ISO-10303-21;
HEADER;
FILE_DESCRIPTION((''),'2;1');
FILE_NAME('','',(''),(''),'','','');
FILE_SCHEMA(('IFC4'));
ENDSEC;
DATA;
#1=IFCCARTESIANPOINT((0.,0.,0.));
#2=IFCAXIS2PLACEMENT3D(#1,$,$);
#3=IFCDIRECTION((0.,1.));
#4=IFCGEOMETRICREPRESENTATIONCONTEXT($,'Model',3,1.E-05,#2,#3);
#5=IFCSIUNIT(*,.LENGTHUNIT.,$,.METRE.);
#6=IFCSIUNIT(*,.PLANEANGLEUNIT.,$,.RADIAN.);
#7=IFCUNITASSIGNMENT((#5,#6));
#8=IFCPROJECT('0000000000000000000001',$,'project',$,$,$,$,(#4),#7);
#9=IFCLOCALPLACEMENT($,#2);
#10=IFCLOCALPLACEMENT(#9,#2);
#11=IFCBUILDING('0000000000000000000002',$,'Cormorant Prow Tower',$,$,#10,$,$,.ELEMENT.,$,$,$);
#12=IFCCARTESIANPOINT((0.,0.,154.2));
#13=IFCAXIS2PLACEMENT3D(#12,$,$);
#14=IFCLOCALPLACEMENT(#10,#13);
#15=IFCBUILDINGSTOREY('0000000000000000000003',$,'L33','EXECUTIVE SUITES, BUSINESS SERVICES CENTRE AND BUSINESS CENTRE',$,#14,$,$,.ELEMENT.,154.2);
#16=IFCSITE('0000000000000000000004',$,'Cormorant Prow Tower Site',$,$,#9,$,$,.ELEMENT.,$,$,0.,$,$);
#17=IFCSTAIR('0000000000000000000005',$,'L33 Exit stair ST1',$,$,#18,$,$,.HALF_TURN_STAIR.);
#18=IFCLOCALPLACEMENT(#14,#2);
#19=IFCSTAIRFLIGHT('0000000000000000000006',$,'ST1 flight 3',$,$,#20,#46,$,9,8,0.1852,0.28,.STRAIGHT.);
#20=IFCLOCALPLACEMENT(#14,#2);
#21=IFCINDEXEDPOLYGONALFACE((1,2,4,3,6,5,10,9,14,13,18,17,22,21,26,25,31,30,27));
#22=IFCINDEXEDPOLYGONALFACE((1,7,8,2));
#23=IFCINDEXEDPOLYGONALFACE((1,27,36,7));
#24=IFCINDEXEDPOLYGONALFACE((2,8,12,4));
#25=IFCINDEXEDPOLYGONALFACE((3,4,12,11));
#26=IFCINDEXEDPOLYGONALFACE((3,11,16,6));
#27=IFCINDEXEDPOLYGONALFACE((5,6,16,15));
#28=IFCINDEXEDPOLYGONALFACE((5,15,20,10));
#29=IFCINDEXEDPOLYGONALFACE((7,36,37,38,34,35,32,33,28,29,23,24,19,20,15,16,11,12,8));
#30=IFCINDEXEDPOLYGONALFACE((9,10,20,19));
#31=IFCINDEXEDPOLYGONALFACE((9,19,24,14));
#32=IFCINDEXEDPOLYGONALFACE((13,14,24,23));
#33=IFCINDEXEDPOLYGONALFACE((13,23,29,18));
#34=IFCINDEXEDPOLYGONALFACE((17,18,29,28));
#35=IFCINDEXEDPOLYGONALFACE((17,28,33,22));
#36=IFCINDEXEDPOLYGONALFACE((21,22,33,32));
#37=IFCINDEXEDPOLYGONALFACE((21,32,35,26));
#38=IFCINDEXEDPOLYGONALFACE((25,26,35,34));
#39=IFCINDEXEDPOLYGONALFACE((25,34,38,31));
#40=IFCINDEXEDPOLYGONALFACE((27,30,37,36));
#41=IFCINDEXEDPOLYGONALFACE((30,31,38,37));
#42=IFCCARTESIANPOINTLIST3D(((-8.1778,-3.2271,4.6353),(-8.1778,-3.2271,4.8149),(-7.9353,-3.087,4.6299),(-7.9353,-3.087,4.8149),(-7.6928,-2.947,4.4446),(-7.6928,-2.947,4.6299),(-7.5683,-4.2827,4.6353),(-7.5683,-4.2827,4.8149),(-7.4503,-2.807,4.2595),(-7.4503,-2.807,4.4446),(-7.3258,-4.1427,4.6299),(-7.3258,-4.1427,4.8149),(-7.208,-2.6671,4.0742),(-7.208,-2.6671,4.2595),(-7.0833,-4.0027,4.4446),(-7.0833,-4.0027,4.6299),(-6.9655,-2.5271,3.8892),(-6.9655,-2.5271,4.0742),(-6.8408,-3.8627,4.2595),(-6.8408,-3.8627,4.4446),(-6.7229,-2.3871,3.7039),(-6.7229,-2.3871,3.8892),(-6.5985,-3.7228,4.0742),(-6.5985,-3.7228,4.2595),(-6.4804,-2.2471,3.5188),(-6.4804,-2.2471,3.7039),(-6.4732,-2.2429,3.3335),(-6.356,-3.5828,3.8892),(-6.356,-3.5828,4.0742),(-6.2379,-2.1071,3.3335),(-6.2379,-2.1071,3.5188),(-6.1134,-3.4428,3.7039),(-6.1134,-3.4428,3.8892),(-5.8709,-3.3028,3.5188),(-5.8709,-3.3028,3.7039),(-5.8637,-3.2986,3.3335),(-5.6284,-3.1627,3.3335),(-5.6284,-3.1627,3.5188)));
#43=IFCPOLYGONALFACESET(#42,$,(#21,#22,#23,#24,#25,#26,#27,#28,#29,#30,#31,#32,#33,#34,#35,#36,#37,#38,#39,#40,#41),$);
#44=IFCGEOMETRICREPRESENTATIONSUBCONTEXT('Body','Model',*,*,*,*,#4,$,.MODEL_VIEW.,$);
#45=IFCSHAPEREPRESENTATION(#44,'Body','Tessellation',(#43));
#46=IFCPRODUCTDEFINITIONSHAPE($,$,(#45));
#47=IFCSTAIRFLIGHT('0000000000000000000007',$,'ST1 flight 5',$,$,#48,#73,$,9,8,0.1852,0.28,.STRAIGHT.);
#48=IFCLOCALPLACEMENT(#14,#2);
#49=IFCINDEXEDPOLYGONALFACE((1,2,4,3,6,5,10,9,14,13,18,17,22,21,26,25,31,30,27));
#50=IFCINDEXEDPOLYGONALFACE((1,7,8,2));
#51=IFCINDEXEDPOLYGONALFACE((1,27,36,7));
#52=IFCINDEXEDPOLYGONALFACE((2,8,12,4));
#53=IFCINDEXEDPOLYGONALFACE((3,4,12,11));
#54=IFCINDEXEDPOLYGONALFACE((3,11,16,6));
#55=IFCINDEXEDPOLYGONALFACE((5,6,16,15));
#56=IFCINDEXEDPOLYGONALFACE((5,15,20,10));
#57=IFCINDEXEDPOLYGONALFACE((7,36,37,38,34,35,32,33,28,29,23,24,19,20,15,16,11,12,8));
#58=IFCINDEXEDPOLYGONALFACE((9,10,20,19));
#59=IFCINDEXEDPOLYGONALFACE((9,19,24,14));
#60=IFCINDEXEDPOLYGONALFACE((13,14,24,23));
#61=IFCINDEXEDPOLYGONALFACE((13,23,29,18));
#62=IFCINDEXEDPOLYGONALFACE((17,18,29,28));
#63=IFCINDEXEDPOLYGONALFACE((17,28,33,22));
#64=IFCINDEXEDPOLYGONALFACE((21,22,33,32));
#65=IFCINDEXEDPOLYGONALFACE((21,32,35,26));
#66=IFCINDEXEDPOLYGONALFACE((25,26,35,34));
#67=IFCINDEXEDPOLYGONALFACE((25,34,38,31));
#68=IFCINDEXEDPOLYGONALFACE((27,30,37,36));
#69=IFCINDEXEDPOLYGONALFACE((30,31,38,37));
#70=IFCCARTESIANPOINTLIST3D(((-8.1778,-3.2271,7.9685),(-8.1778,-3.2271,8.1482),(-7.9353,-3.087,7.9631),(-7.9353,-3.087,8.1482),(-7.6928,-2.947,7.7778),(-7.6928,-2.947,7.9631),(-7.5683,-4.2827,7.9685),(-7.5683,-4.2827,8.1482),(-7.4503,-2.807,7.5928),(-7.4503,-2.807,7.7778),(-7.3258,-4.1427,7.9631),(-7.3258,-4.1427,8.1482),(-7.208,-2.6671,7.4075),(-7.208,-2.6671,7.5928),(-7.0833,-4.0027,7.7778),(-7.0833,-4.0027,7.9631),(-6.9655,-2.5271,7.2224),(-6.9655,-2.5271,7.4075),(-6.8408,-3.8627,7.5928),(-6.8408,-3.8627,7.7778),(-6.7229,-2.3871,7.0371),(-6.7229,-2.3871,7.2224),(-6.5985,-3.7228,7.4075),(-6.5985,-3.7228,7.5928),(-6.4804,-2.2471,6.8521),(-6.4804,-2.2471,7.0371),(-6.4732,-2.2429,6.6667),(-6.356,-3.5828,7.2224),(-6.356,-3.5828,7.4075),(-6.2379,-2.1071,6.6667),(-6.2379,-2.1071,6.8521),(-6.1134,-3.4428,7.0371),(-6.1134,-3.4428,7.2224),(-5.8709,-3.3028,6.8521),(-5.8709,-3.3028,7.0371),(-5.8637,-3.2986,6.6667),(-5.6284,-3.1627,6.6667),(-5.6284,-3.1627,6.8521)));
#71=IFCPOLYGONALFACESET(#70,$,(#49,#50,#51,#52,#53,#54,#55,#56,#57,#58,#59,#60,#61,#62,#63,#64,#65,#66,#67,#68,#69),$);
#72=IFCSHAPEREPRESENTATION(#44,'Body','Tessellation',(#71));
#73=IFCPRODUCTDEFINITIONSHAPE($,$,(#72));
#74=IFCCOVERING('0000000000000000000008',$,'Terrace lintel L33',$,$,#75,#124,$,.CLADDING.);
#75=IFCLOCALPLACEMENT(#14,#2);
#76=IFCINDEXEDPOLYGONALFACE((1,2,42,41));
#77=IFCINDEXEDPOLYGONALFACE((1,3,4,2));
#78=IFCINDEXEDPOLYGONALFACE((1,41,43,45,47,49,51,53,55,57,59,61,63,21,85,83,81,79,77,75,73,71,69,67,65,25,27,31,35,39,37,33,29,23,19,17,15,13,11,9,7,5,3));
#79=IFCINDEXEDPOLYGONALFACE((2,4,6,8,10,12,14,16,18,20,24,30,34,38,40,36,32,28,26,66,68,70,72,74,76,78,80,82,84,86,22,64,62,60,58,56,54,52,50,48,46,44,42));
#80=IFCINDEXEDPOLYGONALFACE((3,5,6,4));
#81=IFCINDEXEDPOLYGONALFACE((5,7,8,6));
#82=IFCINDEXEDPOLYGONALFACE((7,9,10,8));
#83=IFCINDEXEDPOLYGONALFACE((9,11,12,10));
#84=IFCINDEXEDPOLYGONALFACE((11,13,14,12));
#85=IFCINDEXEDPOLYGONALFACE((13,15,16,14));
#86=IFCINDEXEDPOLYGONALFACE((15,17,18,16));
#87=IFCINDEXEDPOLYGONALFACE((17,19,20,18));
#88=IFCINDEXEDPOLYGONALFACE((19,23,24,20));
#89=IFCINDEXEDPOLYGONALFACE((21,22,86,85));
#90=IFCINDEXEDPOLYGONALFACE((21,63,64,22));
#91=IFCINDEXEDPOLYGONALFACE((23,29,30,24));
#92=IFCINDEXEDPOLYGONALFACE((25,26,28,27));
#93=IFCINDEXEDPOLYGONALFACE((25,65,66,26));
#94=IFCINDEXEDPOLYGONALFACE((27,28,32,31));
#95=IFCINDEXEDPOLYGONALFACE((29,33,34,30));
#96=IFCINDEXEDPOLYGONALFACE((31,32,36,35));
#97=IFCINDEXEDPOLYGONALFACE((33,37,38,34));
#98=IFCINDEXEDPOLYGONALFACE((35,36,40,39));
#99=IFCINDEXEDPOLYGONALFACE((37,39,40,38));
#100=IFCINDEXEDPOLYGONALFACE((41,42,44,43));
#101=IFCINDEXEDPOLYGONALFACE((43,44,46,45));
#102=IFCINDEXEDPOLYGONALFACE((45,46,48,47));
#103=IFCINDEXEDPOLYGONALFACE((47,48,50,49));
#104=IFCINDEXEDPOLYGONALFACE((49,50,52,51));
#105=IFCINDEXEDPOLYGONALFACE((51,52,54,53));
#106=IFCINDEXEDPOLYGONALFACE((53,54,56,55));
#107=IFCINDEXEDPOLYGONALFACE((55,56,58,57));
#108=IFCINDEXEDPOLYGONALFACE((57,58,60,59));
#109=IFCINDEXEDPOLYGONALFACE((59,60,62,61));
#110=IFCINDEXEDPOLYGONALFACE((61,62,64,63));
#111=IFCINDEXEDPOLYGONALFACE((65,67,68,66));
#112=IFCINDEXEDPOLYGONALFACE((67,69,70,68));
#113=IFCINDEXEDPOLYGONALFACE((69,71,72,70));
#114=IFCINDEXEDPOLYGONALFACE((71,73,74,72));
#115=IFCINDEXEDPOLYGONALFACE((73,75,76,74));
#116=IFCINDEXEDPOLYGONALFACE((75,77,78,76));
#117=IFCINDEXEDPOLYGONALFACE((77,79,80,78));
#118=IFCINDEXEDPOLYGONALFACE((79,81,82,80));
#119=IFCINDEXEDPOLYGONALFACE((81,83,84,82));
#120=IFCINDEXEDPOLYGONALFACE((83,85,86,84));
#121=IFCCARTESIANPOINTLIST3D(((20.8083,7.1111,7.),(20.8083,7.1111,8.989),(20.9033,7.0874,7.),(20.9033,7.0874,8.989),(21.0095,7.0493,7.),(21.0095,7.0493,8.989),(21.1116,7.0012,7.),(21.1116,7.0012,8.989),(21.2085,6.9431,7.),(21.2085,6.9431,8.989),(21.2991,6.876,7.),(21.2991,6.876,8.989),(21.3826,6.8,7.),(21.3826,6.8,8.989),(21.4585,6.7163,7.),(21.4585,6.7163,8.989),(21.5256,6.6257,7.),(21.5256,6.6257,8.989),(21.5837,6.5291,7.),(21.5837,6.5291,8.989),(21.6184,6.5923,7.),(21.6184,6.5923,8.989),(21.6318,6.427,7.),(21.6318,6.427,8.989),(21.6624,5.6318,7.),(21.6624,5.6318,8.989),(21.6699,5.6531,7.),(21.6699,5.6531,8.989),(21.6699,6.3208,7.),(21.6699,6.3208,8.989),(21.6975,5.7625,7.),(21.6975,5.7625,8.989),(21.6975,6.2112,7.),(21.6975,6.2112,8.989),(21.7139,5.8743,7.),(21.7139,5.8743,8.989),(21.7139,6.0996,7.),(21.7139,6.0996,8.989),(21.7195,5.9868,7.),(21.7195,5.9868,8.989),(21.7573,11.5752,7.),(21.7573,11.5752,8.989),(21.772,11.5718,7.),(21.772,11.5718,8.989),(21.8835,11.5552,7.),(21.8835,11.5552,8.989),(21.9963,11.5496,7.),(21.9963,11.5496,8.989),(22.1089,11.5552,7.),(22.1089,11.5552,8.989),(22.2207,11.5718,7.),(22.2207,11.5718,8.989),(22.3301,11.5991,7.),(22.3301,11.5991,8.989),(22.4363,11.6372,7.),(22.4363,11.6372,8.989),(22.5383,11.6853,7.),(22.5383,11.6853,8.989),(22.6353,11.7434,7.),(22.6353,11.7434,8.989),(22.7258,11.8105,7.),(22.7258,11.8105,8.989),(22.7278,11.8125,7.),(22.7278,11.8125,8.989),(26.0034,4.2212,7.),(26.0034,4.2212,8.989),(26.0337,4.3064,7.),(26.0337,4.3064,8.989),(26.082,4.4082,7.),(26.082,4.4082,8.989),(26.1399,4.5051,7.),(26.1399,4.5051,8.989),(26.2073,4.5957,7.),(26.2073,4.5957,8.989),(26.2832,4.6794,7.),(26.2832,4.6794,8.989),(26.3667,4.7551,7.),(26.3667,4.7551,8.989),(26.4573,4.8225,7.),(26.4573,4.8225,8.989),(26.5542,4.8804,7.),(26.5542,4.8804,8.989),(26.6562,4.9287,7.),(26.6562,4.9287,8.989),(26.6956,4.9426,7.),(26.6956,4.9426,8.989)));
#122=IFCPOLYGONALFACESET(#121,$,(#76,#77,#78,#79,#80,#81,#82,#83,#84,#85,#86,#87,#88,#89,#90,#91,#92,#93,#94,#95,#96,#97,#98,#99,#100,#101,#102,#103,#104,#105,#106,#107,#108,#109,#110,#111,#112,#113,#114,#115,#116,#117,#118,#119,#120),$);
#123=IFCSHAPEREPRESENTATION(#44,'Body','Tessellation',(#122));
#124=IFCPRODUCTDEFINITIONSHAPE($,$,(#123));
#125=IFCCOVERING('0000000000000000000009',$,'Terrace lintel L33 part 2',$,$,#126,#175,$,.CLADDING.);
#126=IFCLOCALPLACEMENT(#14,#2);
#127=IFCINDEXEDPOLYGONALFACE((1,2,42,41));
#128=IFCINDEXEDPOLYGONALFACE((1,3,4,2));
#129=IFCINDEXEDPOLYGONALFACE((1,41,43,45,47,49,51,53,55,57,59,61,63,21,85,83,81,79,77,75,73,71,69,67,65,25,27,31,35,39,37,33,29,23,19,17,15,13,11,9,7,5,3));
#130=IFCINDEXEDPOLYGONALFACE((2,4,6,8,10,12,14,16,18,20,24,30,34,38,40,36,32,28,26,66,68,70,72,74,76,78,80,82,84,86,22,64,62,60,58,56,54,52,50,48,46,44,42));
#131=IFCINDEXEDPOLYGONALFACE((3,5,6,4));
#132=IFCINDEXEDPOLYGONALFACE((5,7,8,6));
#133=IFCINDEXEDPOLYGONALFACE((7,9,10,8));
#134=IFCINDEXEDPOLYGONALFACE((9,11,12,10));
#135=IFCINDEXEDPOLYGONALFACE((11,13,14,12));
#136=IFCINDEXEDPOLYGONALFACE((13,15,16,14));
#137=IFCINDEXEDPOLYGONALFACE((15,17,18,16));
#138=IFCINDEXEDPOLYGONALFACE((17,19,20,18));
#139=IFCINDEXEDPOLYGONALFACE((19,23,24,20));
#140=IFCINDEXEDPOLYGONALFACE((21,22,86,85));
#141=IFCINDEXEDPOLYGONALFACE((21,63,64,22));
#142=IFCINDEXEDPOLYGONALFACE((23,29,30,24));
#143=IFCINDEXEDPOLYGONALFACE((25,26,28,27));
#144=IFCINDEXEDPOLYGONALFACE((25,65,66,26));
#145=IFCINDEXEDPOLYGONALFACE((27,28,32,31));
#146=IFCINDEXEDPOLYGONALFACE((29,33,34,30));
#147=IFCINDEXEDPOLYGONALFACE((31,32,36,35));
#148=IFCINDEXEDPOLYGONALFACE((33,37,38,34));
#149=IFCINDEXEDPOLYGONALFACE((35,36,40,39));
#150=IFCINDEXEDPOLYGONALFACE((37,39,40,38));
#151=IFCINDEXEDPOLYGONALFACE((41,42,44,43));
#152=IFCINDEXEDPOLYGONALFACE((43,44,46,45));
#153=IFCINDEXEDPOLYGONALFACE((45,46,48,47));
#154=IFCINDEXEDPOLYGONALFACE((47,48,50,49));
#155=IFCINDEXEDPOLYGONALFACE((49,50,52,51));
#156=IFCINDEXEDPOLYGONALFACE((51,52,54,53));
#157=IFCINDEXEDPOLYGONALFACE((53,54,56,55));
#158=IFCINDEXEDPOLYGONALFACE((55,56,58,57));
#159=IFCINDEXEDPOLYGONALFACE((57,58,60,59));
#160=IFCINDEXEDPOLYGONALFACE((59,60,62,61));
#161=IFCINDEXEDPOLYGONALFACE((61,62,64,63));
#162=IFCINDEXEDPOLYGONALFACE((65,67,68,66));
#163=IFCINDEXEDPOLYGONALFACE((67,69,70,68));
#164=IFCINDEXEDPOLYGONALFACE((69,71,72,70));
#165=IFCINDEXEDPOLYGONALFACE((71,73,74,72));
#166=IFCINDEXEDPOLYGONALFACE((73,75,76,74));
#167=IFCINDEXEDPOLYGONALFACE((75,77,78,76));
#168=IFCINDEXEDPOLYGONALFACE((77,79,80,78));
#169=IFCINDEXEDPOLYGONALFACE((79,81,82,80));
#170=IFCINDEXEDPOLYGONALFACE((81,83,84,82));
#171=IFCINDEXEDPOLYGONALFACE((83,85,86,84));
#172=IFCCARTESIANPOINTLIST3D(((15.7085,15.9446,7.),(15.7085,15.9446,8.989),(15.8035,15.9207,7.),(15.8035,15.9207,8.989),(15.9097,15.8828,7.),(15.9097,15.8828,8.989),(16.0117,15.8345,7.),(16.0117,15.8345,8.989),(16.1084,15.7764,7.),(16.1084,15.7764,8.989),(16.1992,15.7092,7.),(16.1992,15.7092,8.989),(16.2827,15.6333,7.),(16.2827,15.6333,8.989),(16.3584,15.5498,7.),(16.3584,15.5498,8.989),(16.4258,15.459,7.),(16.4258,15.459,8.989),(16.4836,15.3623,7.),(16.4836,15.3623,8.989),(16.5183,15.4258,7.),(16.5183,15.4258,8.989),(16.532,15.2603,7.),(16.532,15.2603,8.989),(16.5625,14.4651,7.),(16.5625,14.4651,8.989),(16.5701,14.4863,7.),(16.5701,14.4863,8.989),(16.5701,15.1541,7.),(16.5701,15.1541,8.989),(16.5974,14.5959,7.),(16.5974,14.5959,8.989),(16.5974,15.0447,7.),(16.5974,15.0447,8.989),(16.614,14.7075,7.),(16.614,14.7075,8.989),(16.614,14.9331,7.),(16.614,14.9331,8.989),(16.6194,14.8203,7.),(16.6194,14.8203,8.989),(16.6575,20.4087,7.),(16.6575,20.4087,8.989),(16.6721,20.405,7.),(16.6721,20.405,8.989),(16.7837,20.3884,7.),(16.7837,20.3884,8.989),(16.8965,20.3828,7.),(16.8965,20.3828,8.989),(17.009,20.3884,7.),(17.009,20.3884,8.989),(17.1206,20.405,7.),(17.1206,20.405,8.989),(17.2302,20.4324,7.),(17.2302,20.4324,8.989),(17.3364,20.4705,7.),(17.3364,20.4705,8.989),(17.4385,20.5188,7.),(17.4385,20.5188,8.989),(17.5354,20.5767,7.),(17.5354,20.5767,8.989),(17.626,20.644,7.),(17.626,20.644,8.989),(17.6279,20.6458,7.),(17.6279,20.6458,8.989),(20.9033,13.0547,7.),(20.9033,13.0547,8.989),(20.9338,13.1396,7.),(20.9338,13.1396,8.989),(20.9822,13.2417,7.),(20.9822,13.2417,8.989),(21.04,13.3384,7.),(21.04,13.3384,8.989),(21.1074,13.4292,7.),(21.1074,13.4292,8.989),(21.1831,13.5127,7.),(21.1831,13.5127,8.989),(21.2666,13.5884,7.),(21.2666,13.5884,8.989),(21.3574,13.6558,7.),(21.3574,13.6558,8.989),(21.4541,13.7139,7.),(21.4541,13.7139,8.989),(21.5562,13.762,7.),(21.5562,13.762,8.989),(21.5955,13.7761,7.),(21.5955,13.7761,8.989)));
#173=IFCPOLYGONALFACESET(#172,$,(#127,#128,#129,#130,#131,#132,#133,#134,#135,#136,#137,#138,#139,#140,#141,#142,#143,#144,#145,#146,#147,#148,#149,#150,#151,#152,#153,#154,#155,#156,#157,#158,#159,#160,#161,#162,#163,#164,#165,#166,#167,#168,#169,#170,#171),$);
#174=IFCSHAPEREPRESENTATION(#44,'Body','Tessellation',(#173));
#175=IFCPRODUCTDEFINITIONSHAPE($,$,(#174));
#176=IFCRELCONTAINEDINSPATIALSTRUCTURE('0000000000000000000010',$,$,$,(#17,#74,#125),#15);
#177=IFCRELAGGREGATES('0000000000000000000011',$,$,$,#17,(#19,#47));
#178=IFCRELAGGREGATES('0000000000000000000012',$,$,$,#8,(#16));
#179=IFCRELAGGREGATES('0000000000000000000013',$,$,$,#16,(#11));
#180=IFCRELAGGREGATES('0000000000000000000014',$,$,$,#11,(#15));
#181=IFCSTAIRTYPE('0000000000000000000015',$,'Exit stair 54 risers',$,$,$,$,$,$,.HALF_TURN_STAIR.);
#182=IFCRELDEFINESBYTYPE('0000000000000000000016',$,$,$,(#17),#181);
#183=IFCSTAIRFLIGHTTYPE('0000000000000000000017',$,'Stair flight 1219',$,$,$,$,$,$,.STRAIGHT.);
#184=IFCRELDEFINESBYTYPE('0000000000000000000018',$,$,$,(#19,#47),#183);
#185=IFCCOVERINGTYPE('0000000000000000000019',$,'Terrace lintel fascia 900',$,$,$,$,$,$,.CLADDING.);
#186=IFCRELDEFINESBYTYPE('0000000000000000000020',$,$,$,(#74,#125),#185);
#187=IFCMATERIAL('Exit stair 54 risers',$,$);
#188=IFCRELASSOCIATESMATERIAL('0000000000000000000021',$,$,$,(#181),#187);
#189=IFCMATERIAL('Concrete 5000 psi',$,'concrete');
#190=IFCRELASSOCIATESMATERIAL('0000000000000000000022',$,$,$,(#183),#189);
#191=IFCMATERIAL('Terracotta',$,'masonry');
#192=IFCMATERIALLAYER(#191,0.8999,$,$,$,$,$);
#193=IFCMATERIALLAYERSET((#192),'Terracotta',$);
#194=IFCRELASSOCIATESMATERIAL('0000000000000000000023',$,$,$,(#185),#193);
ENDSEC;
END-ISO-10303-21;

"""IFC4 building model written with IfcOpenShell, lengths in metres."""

from ifc_helpers import new_model, si_unit, direction, frame, origin, place, context, subcontext, project, spatial, polyline, outline, extrude, material, layer, layer_set, type_object, element, aggregate, save


model = new_model("IFC4")

# Units and contexts
model_context = context("Model", 3, precision=1e-05, world=origin(), true_north=direction((0.0, 1.0)))
body_context = subcontext(model_context, "Body", "Model", "MODEL_VIEW")
ifc_project = project(units=[si_unit("LENGTHUNIT", "METRE"), si_unit("PLANEANGLEUNIT", "RADIAN")], contexts=[model_context])

# Site, building, storey
site_placement = place(None, origin())
site = spatial("IfcSite", under=ifc_project, at=site_placement, Name="Cormorant Prow Tower Site", CompositionType="ELEMENT", RefElevation=0.0)
building_placement = place(site_placement, origin())
building = spatial("IfcBuilding", under=site, at=building_placement, Name="Cormorant Prow Tower", CompositionType="ELEMENT")
storey_placement = place(building_placement, frame((0.0, 0.0, 154.2)))
storey = spatial("IfcBuildingStorey", under=building, at=storey_placement, Name="L33", Description="EXECUTIVE SUITES, BUSINESS SERVICES CENTRE AND BUSINESS CENTRE", CompositionType="ELEMENT", Elevation=154.2)

# Stair, stair flights
ifc_material_1 = material(Name="Exit stair 54 risers")
stair_type = type_object("IfcStairType", Name="Exit stair 54 risers", PredefinedType="HALF_TURN_STAIR", material=ifc_material_1)
stair_placement = place(storey_placement, origin())
stair = element("IfcStair", 1, at=stair_placement, inside=storey, type_object=stair_type, Name="L33 Exit stair ST1", PredefinedType="HALF_TURN_STAIR")
ifc_material_2 = material(Name="Concrete 5000 psi", Category="concrete")
stair_flight_type = type_object("IfcStairFlightType", Name="Stair flight 1219", PredefinedType="STRAIGHT", material=ifc_material_2)
stair_flight_1_placement = place(storey_placement, frame((-5.9331, -2.635, 3.3335), z_axis=(0.0, 0.0, 1.0), x_axis=(-0.866025, -0.5, 0.0)))
stair_flight_1 = element("IfcStairFlight", 2, at=stair_flight_1_placement, type_object=stair_flight_type, Name="ST1 flight 3", NumberOfRisers=9, NumberOfTreads=8, PredefinedType="STRAIGHT", RiserHeight=0.1852, TreadLength=0.28, context=body_context, shape_type="SweptSolid", body=[
    extrude(outline(polyline([(0.0, 0.0), (0.0, 0.1853), (0.28, 0.1853), (0.28, 0.3704), (0.5601, 0.3704), (0.5601, 0.5557), (0.8401, 0.5557), (0.8401, 0.7407), (1.1201, 0.7407), (1.1201, 0.926), (1.3999, 0.926), (1.3999, 1.1111), (1.6799, 1.1111), (1.6799, 1.2964), (1.96, 1.2964), (1.96, 1.4814), (2.24, 1.4814), (2.24, 1.6667), (2.24, 1.3018), (0.2717, 0.0), (0.0, 0.0)])), frame((0.0, 0.6094, 0.0), z_axis=(0.0, -1.0, 0.0), x_axis=(1.0, 0.0, 0.0)), (0.0, 0.0, 1.0), 1.219),
])
stair_flight_2_placement = place(storey_placement, frame((-5.9331, -2.635, 6.6667), z_axis=(0.0, 0.0, 1.0), x_axis=(-0.866025, -0.5, 0.0)))
stair_flight_2 = element("IfcStairFlight", 3, at=stair_flight_2_placement, type_object=stair_flight_type, Name="ST1 flight 5", NumberOfRisers=9, NumberOfTreads=8, PredefinedType="STRAIGHT", RiserHeight=0.1852, TreadLength=0.28, context=body_context, shape_type="SweptSolid", body=[
    extrude(outline(polyline([(0.0, 0.0), (0.0, 0.1853), (0.28, 0.1853), (0.28, 0.3704), (0.5601, 0.3704), (0.5601, 0.5557), (0.8401, 0.5557), (0.8401, 0.7407), (1.1201, 0.7407), (1.1201, 0.926), (1.3999, 0.926), (1.3999, 1.1111), (1.6799, 1.1111), (1.6799, 1.2964), (1.96, 1.2964), (1.96, 1.4814), (2.24, 1.4814), (2.24, 1.6667), (2.24, 1.3018), (0.2717, 0.0), (0.0, 0.0)])), frame((0.0, 0.6094, 0.0), z_axis=(0.0, -1.0, 0.0), x_axis=(1.0, 0.0, 0.0)), (0.0, 0.0, 1.0), 1.219),
])
aggregate(stair, [stair_flight_1, stair_flight_2])

# Coverings
ifc_material_3 = material(Name="Terracotta", Category="masonry")
ifc_layer_1 = layer(ifc_material_3, 0.8999)
ifc_layer_set_1 = layer_set([ifc_layer_1], Name="Terracotta")
covering_type = type_object("IfcCoveringType", Name="Terrace lintel fascia 900", PredefinedType="CLADDING", material=ifc_layer_set_1)
covering_1_placement = place(storey_placement, frame((0.0, 0.0, 7.0)))
element("IfcCovering", 4, at=covering_1_placement, inside=storey, type_object=covering_type, Name="Terrace lintel L33", PredefinedType="CLADDING", context=body_context, shape_type="SweptSolid", body=[
    extrude(outline(polyline([(21.6624, 5.6318), (21.6699, 5.6531), (21.6975, 5.7625), (21.7139, 5.8743), (21.7195, 5.9868), (21.7139, 6.0996), (21.6975, 6.2112), (21.6699, 6.3208), (21.6318, 6.427), (21.5837, 6.5291), (21.5256, 6.6257), (21.4585, 6.7163), (21.3826, 6.8), (21.2991, 6.876), (21.2085, 6.9431), (21.1116, 7.0012), (21.0095, 7.0493), (20.9033, 7.0874), (20.8083, 7.1111), (21.7573, 11.5752), (21.772, 11.5718), (21.8835, 11.5552), (21.9963, 11.5496), (22.1089, 11.5552), (22.2207, 11.5718), (22.3301, 11.5991), (22.4363, 11.6372), (22.5383, 11.6853), (22.6353, 11.7434), (22.7258, 11.8105), (22.7278, 11.8125), (21.6184, 6.5923), (26.6956, 4.9426), (26.6562, 4.9287), (26.5542, 4.8804), (26.4573, 4.8225), (26.3667, 4.7551), (26.2832, 4.6794), (26.2073, 4.5957), (26.1399, 4.5051), (26.082, 4.4082), (26.0337, 4.3064), (26.0034, 4.2212), (21.6624, 5.6318)])), origin(), (0.0, 0.0, 1.0), 1.989),
])
covering_2_placement = place(storey_placement, frame((0.0, 0.0, 7.0)))
element("IfcCovering", 5, at=covering_2_placement, inside=storey, type_object=covering_type, Name="Terrace lintel L33 part 2", PredefinedType="CLADDING", context=body_context, shape_type="SweptSolid", body=[
    extrude(outline(polyline([(16.5625, 14.4651), (16.5701, 14.4863), (16.5974, 14.5959), (16.614, 14.7075), (16.6194, 14.8203), (16.614, 14.9331), (16.5974, 15.0447), (16.5701, 15.1541), (16.532, 15.2603), (16.4836, 15.3623), (16.4258, 15.459), (16.3584, 15.5498), (16.2827, 15.6333), (16.1992, 15.7092), (16.1084, 15.7764), (16.0117, 15.8345), (15.9097, 15.8828), (15.8035, 15.9207), (15.7085, 15.9446), (16.6575, 20.4087), (16.6721, 20.405), (16.7837, 20.3884), (16.8965, 20.3828), (17.009, 20.3884), (17.1206, 20.405), (17.2302, 20.4324), (17.3364, 20.4705), (17.4385, 20.5188), (17.5354, 20.5767), (17.626, 20.644), (17.6279, 20.6458), (16.5183, 15.4258), (21.5955, 13.7761), (21.5562, 13.762), (21.4541, 13.7139), (21.3574, 13.6558), (21.2666, 13.5884), (21.1831, 13.5127), (21.1074, 13.4292), (21.04, 13.3384), (20.9822, 13.2417), (20.9338, 13.1396), (20.9033, 13.0547), (16.5625, 14.4651)])), origin(), (0.0, 0.0, 1.0), 1.989),
])

save(model, "model.ifc")
